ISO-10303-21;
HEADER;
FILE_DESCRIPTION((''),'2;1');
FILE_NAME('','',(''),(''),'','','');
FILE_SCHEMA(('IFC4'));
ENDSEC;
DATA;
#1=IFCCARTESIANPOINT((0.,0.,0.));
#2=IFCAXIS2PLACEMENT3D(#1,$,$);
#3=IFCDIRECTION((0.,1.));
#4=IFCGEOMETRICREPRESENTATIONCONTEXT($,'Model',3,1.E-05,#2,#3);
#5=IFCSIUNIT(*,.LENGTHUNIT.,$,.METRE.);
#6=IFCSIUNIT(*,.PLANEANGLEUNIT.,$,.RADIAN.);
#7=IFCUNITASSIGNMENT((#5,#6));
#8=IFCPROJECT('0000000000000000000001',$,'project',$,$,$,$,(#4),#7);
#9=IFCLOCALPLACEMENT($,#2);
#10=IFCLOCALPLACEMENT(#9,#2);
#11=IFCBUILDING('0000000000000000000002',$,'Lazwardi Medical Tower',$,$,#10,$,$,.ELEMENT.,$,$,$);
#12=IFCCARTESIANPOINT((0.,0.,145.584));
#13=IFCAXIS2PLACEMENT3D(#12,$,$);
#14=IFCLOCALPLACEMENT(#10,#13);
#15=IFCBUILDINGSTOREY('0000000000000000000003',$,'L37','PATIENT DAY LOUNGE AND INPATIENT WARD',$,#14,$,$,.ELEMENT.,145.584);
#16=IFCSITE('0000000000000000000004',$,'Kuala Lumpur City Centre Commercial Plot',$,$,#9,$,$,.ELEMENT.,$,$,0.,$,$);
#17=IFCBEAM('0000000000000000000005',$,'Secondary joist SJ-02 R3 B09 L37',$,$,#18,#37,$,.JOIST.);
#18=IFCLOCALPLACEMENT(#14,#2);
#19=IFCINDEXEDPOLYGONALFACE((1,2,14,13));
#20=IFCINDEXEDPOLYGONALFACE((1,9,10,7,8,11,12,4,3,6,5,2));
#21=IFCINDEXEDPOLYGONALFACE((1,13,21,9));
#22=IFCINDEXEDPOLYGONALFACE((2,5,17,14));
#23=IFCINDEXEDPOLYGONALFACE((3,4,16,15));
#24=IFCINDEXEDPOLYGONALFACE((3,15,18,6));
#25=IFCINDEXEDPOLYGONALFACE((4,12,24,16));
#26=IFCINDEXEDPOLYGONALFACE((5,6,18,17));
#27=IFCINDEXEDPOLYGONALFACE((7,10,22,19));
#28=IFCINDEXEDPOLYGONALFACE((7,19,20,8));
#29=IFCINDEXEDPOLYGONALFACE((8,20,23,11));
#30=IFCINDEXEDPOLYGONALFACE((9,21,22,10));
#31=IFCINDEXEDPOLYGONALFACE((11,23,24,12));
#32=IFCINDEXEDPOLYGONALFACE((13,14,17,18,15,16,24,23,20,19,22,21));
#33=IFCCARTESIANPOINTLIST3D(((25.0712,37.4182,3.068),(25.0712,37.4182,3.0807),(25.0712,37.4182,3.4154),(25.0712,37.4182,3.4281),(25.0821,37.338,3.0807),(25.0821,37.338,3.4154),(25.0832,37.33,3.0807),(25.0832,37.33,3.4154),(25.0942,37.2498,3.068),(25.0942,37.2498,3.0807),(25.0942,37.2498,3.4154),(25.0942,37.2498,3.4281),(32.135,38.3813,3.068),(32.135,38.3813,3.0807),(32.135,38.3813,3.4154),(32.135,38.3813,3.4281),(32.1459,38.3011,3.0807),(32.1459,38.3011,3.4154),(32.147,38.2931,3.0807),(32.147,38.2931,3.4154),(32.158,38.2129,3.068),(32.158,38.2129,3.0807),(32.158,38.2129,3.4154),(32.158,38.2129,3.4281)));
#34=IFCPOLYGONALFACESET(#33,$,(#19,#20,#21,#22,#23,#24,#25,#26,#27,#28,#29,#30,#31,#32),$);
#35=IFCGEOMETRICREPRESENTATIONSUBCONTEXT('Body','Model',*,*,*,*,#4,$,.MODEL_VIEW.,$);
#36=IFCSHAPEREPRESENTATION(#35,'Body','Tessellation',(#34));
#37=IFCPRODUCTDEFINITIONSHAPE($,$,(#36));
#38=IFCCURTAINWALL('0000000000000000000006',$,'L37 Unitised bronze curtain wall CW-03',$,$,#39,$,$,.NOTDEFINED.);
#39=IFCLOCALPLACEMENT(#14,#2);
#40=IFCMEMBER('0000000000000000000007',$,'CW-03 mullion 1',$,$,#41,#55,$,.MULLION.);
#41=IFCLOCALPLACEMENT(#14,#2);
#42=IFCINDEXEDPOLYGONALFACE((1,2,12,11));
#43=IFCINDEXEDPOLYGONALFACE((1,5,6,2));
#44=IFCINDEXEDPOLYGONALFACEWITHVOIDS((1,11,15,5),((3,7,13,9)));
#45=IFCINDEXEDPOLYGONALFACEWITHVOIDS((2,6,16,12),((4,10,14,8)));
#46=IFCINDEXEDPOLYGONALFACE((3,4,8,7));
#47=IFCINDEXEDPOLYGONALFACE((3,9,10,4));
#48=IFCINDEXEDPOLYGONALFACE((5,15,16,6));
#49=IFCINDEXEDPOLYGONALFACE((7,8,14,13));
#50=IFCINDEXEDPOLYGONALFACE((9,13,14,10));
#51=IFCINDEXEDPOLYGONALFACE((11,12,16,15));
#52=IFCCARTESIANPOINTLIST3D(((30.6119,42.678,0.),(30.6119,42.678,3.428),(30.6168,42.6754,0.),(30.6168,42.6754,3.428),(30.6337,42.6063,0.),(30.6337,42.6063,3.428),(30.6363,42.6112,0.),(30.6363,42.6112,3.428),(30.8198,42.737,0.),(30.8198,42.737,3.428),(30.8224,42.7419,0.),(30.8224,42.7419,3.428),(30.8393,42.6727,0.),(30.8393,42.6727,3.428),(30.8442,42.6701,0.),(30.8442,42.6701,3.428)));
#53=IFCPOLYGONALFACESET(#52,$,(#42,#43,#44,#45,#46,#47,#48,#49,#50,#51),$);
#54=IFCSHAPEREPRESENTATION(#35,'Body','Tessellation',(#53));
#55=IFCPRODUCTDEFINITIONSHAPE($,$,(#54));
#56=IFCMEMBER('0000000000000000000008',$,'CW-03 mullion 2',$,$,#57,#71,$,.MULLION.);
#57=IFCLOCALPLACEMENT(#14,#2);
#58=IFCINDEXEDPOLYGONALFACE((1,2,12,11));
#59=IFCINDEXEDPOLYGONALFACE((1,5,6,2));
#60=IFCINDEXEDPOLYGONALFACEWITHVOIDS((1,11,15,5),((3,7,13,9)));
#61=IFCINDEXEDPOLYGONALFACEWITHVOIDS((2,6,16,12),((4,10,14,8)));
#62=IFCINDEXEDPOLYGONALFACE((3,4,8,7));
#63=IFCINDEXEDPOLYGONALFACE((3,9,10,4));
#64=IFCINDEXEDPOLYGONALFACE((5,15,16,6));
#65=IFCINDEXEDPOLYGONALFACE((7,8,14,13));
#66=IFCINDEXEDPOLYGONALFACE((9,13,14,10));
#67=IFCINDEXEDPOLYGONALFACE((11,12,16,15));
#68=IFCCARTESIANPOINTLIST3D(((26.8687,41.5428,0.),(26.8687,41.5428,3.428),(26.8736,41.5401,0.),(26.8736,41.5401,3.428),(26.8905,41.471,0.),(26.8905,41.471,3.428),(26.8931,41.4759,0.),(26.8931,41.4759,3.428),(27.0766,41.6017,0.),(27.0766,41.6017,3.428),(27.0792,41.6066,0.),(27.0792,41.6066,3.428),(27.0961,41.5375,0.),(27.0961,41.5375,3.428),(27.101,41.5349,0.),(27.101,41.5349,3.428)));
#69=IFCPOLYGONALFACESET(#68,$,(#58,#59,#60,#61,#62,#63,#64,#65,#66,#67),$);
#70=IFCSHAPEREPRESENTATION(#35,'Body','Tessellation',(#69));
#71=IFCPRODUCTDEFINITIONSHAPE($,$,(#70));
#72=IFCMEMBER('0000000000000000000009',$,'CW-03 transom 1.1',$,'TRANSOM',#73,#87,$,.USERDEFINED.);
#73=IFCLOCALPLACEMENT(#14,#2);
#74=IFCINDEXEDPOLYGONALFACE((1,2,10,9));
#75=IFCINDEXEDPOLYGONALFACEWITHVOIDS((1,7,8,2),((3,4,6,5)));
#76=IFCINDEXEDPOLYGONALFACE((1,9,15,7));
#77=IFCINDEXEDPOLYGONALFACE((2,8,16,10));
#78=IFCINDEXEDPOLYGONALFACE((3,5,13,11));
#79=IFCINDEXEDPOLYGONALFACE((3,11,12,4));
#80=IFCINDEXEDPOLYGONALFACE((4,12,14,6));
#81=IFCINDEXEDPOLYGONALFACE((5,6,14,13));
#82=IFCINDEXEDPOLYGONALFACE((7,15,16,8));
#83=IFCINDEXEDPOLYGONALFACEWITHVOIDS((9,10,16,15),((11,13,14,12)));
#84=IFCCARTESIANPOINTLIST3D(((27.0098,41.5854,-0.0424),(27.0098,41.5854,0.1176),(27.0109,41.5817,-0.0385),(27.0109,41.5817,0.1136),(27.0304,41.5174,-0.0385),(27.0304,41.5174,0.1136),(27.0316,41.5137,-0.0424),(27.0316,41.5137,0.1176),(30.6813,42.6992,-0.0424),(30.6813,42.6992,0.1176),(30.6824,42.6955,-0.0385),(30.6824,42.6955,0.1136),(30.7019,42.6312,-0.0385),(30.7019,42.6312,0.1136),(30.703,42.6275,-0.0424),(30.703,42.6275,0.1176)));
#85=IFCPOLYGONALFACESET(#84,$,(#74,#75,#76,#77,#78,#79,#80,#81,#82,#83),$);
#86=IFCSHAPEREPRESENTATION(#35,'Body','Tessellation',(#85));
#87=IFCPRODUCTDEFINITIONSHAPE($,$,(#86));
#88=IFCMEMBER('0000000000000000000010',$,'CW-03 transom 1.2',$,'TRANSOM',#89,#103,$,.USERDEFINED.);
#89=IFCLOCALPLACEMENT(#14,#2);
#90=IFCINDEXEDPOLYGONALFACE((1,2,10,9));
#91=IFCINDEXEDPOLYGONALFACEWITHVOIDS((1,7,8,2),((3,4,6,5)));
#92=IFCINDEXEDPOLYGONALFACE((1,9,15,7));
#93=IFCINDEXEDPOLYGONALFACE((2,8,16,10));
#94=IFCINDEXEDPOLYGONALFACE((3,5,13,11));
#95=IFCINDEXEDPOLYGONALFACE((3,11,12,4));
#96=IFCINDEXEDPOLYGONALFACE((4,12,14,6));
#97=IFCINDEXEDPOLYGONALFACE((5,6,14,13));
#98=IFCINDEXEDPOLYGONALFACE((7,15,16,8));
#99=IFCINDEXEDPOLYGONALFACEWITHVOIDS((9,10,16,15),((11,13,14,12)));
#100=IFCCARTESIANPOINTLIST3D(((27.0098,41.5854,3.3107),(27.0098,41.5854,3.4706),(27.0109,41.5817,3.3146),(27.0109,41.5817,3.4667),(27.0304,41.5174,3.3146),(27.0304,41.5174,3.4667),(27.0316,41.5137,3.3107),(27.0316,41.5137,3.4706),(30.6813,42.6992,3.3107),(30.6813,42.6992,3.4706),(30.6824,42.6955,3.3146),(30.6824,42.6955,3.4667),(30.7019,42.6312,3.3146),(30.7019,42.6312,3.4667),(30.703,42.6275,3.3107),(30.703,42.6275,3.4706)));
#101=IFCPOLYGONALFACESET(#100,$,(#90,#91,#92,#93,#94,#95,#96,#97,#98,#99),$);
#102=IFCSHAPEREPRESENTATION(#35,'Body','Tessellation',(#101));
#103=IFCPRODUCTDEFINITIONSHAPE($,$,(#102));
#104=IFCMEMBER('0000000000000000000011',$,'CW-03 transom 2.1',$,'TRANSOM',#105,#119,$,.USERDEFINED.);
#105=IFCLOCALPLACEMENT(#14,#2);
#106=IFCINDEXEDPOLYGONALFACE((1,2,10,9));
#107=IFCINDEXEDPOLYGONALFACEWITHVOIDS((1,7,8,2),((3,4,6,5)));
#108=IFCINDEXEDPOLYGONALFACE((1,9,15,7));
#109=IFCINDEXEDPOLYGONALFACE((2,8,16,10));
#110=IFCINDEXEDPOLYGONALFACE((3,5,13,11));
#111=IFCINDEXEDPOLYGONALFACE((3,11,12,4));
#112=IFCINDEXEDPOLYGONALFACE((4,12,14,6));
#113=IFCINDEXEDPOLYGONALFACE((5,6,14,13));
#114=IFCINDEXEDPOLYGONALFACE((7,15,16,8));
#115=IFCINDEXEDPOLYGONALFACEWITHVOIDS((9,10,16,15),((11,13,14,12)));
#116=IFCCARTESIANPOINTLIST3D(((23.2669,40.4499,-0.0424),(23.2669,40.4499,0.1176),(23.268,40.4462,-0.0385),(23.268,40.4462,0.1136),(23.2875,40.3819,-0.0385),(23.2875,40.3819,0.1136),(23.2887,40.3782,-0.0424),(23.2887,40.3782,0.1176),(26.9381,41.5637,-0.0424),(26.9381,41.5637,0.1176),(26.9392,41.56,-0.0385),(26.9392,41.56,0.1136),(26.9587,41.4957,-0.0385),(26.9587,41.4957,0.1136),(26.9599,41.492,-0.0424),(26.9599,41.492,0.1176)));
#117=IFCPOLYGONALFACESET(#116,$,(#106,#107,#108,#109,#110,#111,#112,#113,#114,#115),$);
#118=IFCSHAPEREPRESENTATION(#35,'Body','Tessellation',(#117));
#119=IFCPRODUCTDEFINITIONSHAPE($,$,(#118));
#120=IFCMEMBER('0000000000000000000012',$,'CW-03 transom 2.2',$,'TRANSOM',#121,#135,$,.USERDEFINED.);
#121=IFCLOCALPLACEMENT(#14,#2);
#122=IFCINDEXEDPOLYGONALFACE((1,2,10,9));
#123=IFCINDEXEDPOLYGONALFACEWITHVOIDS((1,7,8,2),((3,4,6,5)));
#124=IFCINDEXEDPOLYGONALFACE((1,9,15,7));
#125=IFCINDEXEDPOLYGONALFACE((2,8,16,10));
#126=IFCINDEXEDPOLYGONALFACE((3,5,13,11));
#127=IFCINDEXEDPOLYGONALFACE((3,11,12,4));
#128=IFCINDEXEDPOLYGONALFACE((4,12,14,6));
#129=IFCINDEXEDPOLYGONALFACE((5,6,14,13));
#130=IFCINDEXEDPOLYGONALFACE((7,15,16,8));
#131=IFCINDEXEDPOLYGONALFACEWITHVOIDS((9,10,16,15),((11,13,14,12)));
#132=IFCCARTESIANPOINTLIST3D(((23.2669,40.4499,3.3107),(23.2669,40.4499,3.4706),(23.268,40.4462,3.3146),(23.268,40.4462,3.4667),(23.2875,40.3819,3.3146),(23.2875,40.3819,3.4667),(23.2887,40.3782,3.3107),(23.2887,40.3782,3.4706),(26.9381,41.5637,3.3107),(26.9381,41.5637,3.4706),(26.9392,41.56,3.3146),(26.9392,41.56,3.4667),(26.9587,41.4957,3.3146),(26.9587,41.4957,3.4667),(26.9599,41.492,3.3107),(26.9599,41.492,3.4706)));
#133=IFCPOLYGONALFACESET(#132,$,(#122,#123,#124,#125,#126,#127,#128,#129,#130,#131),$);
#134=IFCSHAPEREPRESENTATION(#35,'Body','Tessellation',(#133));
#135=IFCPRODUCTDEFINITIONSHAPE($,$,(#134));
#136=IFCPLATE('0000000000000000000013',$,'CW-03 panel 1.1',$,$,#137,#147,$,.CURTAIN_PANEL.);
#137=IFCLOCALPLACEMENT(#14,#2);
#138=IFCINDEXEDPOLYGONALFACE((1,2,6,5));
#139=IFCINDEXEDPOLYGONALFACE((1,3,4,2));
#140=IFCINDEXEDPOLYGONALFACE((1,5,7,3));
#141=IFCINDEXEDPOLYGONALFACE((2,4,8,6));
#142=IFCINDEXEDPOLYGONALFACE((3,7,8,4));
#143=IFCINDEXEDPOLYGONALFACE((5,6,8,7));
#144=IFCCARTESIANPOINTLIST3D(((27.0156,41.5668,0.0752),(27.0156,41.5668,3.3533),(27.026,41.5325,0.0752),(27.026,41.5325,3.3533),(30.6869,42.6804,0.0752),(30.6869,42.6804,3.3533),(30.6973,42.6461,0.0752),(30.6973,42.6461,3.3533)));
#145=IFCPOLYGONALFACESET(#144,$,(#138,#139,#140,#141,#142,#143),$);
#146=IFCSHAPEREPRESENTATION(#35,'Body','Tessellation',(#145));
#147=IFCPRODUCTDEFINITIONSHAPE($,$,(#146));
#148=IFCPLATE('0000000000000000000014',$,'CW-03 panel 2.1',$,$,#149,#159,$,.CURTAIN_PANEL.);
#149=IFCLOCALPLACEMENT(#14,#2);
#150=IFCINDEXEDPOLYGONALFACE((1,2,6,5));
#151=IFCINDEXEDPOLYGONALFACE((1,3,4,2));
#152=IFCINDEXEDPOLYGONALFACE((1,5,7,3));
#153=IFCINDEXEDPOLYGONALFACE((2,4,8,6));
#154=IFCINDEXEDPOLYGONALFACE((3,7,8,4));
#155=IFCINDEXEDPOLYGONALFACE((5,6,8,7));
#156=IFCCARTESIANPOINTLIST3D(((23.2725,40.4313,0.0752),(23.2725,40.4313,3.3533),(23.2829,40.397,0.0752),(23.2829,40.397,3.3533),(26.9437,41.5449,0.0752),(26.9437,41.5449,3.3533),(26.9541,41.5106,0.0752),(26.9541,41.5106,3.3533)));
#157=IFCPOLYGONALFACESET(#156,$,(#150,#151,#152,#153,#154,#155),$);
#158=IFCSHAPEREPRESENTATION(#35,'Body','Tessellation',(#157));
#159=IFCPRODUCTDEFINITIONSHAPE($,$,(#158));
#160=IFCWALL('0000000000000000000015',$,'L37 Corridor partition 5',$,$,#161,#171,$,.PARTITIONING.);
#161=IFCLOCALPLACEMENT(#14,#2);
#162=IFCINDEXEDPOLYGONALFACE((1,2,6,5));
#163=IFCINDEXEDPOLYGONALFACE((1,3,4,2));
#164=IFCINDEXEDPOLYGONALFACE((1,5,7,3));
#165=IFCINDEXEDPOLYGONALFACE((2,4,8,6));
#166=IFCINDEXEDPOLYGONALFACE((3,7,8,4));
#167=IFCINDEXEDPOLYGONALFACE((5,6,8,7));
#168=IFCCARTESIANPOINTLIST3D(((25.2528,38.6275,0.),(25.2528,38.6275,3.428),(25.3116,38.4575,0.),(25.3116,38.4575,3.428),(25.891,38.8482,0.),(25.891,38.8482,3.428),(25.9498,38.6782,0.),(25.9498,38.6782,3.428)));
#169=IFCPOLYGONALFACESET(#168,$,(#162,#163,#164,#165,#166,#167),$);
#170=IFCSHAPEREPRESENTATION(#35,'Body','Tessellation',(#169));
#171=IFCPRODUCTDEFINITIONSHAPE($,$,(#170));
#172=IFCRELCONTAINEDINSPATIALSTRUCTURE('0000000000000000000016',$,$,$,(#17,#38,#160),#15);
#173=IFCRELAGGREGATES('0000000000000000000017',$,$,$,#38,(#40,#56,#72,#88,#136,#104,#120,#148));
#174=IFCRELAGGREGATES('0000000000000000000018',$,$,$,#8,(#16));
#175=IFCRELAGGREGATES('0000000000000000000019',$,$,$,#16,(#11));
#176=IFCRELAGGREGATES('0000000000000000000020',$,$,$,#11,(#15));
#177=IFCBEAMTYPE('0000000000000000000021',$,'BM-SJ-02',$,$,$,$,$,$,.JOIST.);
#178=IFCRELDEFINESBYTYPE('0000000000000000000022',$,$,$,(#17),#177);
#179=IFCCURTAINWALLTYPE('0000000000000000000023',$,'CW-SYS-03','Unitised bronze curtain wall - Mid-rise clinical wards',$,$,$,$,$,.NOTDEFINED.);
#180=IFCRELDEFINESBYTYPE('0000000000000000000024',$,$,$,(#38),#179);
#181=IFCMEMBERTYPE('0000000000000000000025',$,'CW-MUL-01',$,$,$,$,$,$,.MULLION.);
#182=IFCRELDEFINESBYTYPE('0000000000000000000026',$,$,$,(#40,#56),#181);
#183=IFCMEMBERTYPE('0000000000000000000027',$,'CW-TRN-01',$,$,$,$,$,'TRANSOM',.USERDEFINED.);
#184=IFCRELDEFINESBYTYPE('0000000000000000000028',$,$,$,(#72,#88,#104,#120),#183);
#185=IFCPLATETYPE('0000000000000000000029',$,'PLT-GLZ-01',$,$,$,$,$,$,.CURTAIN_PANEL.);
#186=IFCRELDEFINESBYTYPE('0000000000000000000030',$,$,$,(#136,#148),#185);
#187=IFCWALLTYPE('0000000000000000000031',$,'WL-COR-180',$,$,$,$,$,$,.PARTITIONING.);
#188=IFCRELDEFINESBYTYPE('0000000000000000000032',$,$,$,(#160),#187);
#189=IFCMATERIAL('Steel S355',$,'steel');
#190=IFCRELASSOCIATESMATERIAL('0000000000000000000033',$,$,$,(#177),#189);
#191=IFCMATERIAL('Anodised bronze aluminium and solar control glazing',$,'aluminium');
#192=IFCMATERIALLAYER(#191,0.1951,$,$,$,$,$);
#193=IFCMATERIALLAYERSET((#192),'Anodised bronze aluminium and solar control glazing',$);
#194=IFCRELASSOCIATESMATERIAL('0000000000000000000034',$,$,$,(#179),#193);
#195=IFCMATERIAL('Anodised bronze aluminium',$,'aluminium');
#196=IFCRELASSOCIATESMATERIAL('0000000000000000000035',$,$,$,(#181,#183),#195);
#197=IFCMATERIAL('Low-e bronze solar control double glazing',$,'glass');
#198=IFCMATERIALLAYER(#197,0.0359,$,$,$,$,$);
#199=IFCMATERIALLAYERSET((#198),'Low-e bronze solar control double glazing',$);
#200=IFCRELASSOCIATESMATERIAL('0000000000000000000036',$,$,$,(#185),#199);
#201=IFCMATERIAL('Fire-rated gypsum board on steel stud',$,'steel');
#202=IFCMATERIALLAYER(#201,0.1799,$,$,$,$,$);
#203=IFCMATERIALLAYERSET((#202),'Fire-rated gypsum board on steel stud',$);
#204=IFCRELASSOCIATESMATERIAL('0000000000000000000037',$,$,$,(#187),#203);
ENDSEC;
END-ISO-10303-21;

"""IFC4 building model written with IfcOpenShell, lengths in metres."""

from ifc_helpers import new_model, si_unit, direction, frame, frame_2d, origin, origin_2d, place, context, subcontext, project, spatial, rectangle, hollow_rectangle, i_section, extrude, material, layer, layer_set, material_profile, profile_set, type_object, element, aggregate, save


model = new_model("IFC4")

# Units and contexts
model_context = context("Model", 3, precision=1e-05, world=origin(), true_north=direction((0.0, 1.0)))
body_context = subcontext(model_context, "Body", "Model", "MODEL_VIEW")
ifc_project = project(units=[si_unit("LENGTHUNIT", "METRE"), si_unit("PLANEANGLEUNIT", "RADIAN")], contexts=[model_context])

# Site, building, storey
site_placement = place(None, origin())
site = spatial("IfcSite", under=ifc_project, at=site_placement, Name="Kuala Lumpur City Centre Commercial Plot", CompositionType="ELEMENT", RefElevation=0.0)
building_placement = place(site_placement, origin())
building = spatial("IfcBuilding", under=site, at=building_placement, Name="Lazwardi Medical Tower", CompositionType="ELEMENT")
storey_placement = place(building_placement, frame((0.0, 0.0, 145.584)))
storey = spatial("IfcBuildingStorey", under=building, at=storey_placement, Name="L37", Description="PATIENT DAY LOUNGE AND INPATIENT WARD", CompositionType="ELEMENT", Elevation=145.584)

# Beam
ifc_material_1 = material(Name="Steel S355", Category="steel")
ifc_material_profile_1 = material_profile(ifc_material_1, i_section(OverallWidth=0.1699, OverallDepth=0.3601, WebThickness=0.0081, FlangeThickness=0.0127, at=origin_2d()), Name="IPE 360")
ifc_profile_set_1 = profile_set([ifc_material_profile_1], Name="Steel S355")
beam_type_1 = type_object("IfcBeamType", Name="BM-SJ-02", PredefinedType="JOIST", material=ifc_profile_set_1)
beam_1_placement = place(storey_placement, frame((32.1465, 38.2971, 3.248), z_axis=(-0.990832, -0.135099, 0.0), x_axis=(0.135099, -0.990832, 0.0)))
element("IfcBeam", 1, at=beam_1_placement, inside=storey, type_object=beam_type_1, Name="Secondary joist SJ-02 R3 B09 L37", PredefinedType="JOIST", context=body_context, shape_type="SweptSolid", body=[
    extrude(i_section(OverallWidth=0.1699, OverallDepth=0.3601, WebThickness=0.0081, FlangeThickness=0.0127, at=origin_2d()), origin(), (0.0, 0.0, 1.0), 7.1292),
])

# Curtain wall, members, plates
ifc_material_2 = material(Name="Anodised bronze aluminium and solar control glazing", Category="aluminium")
ifc_layer_1 = layer(ifc_material_2, 0.1951)
ifc_layer_set_1 = layer_set([ifc_layer_1], Name="Anodised bronze aluminium and solar control glazing")
curtain_wall_type = type_object("IfcCurtainWallType", Name="CW-SYS-03", Description="Unitised bronze curtain wall - Mid-rise clinical wards", PredefinedType="NOTDEFINED", material=ifc_layer_set_1)
curtain_wall_placement = place(storey_placement, origin())
curtain_wall = element("IfcCurtainWall", 2, at=curtain_wall_placement, inside=storey, type_object=curtain_wall_type, Name="L37 Unitised bronze curtain wall CW-03", PredefinedType="NOTDEFINED")
ifc_material_3 = material(Name="Anodised bronze aluminium", Category="aluminium")
ifc_material_profile_2 = material_profile(ifc_material_3, hollow_rectangle(XDim=0.075, YDim=0.22, WallThickness=0.0039, at=origin_2d()), Name="ALU-MULLION 220x75x4")
ifc_profile_set_2 = profile_set([ifc_material_profile_2], Name="Anodised bronze aluminium")
member_type_1 = type_object("IfcMemberType", Name="CW-MUL-01", PredefinedType="MULLION", material=ifc_profile_set_2)
member_1_placement = place(storey_placement, frame((30.728, 42.6741, 0.0), z_axis=(0.0, 0.0, 1.0), x_axis=(0.290281, -0.956942, 0.0)))
member_1 = element("IfcMember", 3, at=member_1_placement, type_object=member_type_1, Name="CW-03 mullion 1", PredefinedType="MULLION", context=body_context, shape_type="SweptSolid", body=[
    extrude(hollow_rectangle(XDim=0.075, YDim=0.22, WallThickness=0.0039, at=origin_2d()), origin(), (0.0, 0.0, 1.0), 3.428),
])
member_2_placement = place(storey_placement, frame((26.9849, 41.5388, 0.0), z_axis=(0.0, 0.0, 1.0), x_axis=(0.290281, -0.956942, 0.0)))
member_2 = element("IfcMember", 4, at=member_2_placement, type_object=member_type_1, Name="CW-03 mullion 2", PredefinedType="MULLION", context=body_context, shape_type="SweptSolid", body=[
    extrude(hollow_rectangle(XDim=0.075, YDim=0.22, WallThickness=0.0039, at=origin_2d()), origin(), (0.0, 0.0, 1.0), 3.428),
])
ifc_material_profile_3 = material_profile(ifc_material_3, hollow_rectangle(XDim=0.075, YDim=0.1599, WallThickness=0.0039, at=origin_2d()), Name="ALU-TRANSOM 160x75x4")
ifc_profile_set_3 = profile_set([ifc_material_profile_3], Name="Anodised bronze aluminium")
member_type_2 = type_object("IfcMemberType", Name="CW-TRN-01", ElementType="TRANSOM", PredefinedType="USERDEFINED", material=ifc_profile_set_3)
member_3_placement = place(storey_placement, frame((30.6921, 42.6633, 0.0376), z_axis=(-0.956936, -0.290301, 0.0), x_axis=(0.290301, -0.956936, 0.0)))
member_3 = element("IfcMember", 5, at=member_3_placement, type_object=member_type_2, Name="CW-03 transom 1.1", ObjectType="TRANSOM", PredefinedType="USERDEFINED", context=body_context, shape_type="SweptSolid", body=[
    extrude(hollow_rectangle(XDim=0.075, YDim=0.1599, WallThickness=0.0039, at=origin_2d()), origin(), (0.0, 0.0, 1.0), 3.8367),
])
member_4_placement = place(storey_placement, frame((30.6921, 42.6633, 3.3906), z_axis=(-0.956936, -0.290301, 0.0), x_axis=(0.290301, -0.956936, 0.0)))
member_4 = element("IfcMember", 6, at=member_4_placement, type_object=member_type_2, Name="CW-03 transom 1.2", ObjectType="TRANSOM", PredefinedType="USERDEFINED", context=body_context, shape_type="SweptSolid", body=[
    extrude(hollow_rectangle(XDim=0.075, YDim=0.1599, WallThickness=0.0039, at=origin_2d()), origin(), (0.0, 0.0, 1.0), 3.8367),
])
member_5_placement = place(storey_placement, frame((26.949, 41.5278, 0.0376), z_axis=(-0.95693, -0.290318, 0.0), x_axis=(0.290318, -0.95693, 0.0)))
member_5 = element("IfcMember", 7, at=member_5_placement, type_object=member_type_2, Name="CW-03 transom 2.1", ObjectType="TRANSOM", PredefinedType="USERDEFINED", context=body_context, shape_type="SweptSolid", body=[
    extrude(hollow_rectangle(XDim=0.075, YDim=0.1599, WallThickness=0.0039, at=origin_2d()), origin(), (0.0, 0.0, 1.0), 3.8364),
])
member_6_placement = place(storey_placement, frame((26.949, 41.5278, 3.3906), z_axis=(-0.95693, -0.290318, 0.0), x_axis=(0.290318, -0.95693, 0.0)))
member_6 = element("IfcMember", 8, at=member_6_placement, type_object=member_type_2, Name="CW-03 transom 2.2", ObjectType="TRANSOM", PredefinedType="USERDEFINED", context=body_context, shape_type="SweptSolid", body=[
    extrude(hollow_rectangle(XDim=0.075, YDim=0.1599, WallThickness=0.0039, at=origin_2d()), origin(), (0.0, 0.0, 1.0), 3.8364),
])
ifc_material_4 = material(Name="Low-e bronze solar control double glazing", Category="glass")
ifc_layer_2 = layer(ifc_material_4, 0.0359)
ifc_layer_set_2 = layer_set([ifc_layer_2], Name="Low-e bronze solar control double glazing")
plate_type = type_object("IfcPlateType", Name="PLT-GLZ-01", PredefinedType="CURTAIN_PANEL", material=ifc_layer_set_2)
plate_1_placement = place(storey_placement, frame((28.8564, 42.1064, 0.0752), z_axis=(0.0, 0.0, 1.0), x_axis=(-0.956942, -0.290281, 0.0)))
plate_1 = element("IfcPlate", 9, at=plate_1_placement, type_object=plate_type, Name="CW-03 panel 1.1", PredefinedType="CURTAIN_PANEL", context=body_context, shape_type="SweptSolid", body=[
    extrude(rectangle(XDim=3.8364, YDim=0.0359, at=origin_2d()), origin(), (0.0, 0.0, 1.0), 3.2781),
])
plate_2_placement = place(storey_placement, frame((25.1133, 40.9709, 0.0752), z_axis=(0.0, 0.0, 1.0), x_axis=(-0.956942, -0.290281, 0.0)))
plate_2 = element("IfcPlate", 10, at=plate_2_placement, type_object=plate_type, Name="CW-03 panel 2.1", PredefinedType="CURTAIN_PANEL", context=body_context, shape_type="SweptSolid", body=[
    extrude(rectangle(XDim=3.8364, YDim=0.0359, at=origin_2d()), origin(), (0.0, 0.0, 1.0), 3.2781),
])
aggregate(curtain_wall, [member_1, member_2, member_3, member_4, plate_1, member_5, member_6, plate_2])

# Wall
ifc_material_5 = material(Name="Fire-rated gypsum board on steel stud", Category="steel")
ifc_layer_3 = layer(ifc_material_5, 0.1799)
ifc_layer_set_3 = layer_set([ifc_layer_3], Name="Fire-rated gypsum board on steel stud")
wall_type_1 = type_object("IfcWallType", Name="WL-COR-180", PredefinedType="PARTITIONING", material=ifc_layer_set_3)
wall_1_placement = place(storey_placement, frame((25.2822, 38.5425, 0.0), z_axis=(0.0, 0.0, 1.0), x_axis=(0.945081, 0.326837, 0.0)))
element("IfcWall", 11, at=wall_1_placement, inside=storey, type_object=wall_type_1, Name="L37 Corridor partition 5", PredefinedType="PARTITIONING", context=body_context, shape_type="SweptSolid", body=[
    extrude(rectangle(XDim=0.6753, YDim=0.1799, at=frame_2d((0.3376, 0.0))), origin(), (0.0, 0.0, 1.0), 3.428),
])

save(model, "model.ifc")
